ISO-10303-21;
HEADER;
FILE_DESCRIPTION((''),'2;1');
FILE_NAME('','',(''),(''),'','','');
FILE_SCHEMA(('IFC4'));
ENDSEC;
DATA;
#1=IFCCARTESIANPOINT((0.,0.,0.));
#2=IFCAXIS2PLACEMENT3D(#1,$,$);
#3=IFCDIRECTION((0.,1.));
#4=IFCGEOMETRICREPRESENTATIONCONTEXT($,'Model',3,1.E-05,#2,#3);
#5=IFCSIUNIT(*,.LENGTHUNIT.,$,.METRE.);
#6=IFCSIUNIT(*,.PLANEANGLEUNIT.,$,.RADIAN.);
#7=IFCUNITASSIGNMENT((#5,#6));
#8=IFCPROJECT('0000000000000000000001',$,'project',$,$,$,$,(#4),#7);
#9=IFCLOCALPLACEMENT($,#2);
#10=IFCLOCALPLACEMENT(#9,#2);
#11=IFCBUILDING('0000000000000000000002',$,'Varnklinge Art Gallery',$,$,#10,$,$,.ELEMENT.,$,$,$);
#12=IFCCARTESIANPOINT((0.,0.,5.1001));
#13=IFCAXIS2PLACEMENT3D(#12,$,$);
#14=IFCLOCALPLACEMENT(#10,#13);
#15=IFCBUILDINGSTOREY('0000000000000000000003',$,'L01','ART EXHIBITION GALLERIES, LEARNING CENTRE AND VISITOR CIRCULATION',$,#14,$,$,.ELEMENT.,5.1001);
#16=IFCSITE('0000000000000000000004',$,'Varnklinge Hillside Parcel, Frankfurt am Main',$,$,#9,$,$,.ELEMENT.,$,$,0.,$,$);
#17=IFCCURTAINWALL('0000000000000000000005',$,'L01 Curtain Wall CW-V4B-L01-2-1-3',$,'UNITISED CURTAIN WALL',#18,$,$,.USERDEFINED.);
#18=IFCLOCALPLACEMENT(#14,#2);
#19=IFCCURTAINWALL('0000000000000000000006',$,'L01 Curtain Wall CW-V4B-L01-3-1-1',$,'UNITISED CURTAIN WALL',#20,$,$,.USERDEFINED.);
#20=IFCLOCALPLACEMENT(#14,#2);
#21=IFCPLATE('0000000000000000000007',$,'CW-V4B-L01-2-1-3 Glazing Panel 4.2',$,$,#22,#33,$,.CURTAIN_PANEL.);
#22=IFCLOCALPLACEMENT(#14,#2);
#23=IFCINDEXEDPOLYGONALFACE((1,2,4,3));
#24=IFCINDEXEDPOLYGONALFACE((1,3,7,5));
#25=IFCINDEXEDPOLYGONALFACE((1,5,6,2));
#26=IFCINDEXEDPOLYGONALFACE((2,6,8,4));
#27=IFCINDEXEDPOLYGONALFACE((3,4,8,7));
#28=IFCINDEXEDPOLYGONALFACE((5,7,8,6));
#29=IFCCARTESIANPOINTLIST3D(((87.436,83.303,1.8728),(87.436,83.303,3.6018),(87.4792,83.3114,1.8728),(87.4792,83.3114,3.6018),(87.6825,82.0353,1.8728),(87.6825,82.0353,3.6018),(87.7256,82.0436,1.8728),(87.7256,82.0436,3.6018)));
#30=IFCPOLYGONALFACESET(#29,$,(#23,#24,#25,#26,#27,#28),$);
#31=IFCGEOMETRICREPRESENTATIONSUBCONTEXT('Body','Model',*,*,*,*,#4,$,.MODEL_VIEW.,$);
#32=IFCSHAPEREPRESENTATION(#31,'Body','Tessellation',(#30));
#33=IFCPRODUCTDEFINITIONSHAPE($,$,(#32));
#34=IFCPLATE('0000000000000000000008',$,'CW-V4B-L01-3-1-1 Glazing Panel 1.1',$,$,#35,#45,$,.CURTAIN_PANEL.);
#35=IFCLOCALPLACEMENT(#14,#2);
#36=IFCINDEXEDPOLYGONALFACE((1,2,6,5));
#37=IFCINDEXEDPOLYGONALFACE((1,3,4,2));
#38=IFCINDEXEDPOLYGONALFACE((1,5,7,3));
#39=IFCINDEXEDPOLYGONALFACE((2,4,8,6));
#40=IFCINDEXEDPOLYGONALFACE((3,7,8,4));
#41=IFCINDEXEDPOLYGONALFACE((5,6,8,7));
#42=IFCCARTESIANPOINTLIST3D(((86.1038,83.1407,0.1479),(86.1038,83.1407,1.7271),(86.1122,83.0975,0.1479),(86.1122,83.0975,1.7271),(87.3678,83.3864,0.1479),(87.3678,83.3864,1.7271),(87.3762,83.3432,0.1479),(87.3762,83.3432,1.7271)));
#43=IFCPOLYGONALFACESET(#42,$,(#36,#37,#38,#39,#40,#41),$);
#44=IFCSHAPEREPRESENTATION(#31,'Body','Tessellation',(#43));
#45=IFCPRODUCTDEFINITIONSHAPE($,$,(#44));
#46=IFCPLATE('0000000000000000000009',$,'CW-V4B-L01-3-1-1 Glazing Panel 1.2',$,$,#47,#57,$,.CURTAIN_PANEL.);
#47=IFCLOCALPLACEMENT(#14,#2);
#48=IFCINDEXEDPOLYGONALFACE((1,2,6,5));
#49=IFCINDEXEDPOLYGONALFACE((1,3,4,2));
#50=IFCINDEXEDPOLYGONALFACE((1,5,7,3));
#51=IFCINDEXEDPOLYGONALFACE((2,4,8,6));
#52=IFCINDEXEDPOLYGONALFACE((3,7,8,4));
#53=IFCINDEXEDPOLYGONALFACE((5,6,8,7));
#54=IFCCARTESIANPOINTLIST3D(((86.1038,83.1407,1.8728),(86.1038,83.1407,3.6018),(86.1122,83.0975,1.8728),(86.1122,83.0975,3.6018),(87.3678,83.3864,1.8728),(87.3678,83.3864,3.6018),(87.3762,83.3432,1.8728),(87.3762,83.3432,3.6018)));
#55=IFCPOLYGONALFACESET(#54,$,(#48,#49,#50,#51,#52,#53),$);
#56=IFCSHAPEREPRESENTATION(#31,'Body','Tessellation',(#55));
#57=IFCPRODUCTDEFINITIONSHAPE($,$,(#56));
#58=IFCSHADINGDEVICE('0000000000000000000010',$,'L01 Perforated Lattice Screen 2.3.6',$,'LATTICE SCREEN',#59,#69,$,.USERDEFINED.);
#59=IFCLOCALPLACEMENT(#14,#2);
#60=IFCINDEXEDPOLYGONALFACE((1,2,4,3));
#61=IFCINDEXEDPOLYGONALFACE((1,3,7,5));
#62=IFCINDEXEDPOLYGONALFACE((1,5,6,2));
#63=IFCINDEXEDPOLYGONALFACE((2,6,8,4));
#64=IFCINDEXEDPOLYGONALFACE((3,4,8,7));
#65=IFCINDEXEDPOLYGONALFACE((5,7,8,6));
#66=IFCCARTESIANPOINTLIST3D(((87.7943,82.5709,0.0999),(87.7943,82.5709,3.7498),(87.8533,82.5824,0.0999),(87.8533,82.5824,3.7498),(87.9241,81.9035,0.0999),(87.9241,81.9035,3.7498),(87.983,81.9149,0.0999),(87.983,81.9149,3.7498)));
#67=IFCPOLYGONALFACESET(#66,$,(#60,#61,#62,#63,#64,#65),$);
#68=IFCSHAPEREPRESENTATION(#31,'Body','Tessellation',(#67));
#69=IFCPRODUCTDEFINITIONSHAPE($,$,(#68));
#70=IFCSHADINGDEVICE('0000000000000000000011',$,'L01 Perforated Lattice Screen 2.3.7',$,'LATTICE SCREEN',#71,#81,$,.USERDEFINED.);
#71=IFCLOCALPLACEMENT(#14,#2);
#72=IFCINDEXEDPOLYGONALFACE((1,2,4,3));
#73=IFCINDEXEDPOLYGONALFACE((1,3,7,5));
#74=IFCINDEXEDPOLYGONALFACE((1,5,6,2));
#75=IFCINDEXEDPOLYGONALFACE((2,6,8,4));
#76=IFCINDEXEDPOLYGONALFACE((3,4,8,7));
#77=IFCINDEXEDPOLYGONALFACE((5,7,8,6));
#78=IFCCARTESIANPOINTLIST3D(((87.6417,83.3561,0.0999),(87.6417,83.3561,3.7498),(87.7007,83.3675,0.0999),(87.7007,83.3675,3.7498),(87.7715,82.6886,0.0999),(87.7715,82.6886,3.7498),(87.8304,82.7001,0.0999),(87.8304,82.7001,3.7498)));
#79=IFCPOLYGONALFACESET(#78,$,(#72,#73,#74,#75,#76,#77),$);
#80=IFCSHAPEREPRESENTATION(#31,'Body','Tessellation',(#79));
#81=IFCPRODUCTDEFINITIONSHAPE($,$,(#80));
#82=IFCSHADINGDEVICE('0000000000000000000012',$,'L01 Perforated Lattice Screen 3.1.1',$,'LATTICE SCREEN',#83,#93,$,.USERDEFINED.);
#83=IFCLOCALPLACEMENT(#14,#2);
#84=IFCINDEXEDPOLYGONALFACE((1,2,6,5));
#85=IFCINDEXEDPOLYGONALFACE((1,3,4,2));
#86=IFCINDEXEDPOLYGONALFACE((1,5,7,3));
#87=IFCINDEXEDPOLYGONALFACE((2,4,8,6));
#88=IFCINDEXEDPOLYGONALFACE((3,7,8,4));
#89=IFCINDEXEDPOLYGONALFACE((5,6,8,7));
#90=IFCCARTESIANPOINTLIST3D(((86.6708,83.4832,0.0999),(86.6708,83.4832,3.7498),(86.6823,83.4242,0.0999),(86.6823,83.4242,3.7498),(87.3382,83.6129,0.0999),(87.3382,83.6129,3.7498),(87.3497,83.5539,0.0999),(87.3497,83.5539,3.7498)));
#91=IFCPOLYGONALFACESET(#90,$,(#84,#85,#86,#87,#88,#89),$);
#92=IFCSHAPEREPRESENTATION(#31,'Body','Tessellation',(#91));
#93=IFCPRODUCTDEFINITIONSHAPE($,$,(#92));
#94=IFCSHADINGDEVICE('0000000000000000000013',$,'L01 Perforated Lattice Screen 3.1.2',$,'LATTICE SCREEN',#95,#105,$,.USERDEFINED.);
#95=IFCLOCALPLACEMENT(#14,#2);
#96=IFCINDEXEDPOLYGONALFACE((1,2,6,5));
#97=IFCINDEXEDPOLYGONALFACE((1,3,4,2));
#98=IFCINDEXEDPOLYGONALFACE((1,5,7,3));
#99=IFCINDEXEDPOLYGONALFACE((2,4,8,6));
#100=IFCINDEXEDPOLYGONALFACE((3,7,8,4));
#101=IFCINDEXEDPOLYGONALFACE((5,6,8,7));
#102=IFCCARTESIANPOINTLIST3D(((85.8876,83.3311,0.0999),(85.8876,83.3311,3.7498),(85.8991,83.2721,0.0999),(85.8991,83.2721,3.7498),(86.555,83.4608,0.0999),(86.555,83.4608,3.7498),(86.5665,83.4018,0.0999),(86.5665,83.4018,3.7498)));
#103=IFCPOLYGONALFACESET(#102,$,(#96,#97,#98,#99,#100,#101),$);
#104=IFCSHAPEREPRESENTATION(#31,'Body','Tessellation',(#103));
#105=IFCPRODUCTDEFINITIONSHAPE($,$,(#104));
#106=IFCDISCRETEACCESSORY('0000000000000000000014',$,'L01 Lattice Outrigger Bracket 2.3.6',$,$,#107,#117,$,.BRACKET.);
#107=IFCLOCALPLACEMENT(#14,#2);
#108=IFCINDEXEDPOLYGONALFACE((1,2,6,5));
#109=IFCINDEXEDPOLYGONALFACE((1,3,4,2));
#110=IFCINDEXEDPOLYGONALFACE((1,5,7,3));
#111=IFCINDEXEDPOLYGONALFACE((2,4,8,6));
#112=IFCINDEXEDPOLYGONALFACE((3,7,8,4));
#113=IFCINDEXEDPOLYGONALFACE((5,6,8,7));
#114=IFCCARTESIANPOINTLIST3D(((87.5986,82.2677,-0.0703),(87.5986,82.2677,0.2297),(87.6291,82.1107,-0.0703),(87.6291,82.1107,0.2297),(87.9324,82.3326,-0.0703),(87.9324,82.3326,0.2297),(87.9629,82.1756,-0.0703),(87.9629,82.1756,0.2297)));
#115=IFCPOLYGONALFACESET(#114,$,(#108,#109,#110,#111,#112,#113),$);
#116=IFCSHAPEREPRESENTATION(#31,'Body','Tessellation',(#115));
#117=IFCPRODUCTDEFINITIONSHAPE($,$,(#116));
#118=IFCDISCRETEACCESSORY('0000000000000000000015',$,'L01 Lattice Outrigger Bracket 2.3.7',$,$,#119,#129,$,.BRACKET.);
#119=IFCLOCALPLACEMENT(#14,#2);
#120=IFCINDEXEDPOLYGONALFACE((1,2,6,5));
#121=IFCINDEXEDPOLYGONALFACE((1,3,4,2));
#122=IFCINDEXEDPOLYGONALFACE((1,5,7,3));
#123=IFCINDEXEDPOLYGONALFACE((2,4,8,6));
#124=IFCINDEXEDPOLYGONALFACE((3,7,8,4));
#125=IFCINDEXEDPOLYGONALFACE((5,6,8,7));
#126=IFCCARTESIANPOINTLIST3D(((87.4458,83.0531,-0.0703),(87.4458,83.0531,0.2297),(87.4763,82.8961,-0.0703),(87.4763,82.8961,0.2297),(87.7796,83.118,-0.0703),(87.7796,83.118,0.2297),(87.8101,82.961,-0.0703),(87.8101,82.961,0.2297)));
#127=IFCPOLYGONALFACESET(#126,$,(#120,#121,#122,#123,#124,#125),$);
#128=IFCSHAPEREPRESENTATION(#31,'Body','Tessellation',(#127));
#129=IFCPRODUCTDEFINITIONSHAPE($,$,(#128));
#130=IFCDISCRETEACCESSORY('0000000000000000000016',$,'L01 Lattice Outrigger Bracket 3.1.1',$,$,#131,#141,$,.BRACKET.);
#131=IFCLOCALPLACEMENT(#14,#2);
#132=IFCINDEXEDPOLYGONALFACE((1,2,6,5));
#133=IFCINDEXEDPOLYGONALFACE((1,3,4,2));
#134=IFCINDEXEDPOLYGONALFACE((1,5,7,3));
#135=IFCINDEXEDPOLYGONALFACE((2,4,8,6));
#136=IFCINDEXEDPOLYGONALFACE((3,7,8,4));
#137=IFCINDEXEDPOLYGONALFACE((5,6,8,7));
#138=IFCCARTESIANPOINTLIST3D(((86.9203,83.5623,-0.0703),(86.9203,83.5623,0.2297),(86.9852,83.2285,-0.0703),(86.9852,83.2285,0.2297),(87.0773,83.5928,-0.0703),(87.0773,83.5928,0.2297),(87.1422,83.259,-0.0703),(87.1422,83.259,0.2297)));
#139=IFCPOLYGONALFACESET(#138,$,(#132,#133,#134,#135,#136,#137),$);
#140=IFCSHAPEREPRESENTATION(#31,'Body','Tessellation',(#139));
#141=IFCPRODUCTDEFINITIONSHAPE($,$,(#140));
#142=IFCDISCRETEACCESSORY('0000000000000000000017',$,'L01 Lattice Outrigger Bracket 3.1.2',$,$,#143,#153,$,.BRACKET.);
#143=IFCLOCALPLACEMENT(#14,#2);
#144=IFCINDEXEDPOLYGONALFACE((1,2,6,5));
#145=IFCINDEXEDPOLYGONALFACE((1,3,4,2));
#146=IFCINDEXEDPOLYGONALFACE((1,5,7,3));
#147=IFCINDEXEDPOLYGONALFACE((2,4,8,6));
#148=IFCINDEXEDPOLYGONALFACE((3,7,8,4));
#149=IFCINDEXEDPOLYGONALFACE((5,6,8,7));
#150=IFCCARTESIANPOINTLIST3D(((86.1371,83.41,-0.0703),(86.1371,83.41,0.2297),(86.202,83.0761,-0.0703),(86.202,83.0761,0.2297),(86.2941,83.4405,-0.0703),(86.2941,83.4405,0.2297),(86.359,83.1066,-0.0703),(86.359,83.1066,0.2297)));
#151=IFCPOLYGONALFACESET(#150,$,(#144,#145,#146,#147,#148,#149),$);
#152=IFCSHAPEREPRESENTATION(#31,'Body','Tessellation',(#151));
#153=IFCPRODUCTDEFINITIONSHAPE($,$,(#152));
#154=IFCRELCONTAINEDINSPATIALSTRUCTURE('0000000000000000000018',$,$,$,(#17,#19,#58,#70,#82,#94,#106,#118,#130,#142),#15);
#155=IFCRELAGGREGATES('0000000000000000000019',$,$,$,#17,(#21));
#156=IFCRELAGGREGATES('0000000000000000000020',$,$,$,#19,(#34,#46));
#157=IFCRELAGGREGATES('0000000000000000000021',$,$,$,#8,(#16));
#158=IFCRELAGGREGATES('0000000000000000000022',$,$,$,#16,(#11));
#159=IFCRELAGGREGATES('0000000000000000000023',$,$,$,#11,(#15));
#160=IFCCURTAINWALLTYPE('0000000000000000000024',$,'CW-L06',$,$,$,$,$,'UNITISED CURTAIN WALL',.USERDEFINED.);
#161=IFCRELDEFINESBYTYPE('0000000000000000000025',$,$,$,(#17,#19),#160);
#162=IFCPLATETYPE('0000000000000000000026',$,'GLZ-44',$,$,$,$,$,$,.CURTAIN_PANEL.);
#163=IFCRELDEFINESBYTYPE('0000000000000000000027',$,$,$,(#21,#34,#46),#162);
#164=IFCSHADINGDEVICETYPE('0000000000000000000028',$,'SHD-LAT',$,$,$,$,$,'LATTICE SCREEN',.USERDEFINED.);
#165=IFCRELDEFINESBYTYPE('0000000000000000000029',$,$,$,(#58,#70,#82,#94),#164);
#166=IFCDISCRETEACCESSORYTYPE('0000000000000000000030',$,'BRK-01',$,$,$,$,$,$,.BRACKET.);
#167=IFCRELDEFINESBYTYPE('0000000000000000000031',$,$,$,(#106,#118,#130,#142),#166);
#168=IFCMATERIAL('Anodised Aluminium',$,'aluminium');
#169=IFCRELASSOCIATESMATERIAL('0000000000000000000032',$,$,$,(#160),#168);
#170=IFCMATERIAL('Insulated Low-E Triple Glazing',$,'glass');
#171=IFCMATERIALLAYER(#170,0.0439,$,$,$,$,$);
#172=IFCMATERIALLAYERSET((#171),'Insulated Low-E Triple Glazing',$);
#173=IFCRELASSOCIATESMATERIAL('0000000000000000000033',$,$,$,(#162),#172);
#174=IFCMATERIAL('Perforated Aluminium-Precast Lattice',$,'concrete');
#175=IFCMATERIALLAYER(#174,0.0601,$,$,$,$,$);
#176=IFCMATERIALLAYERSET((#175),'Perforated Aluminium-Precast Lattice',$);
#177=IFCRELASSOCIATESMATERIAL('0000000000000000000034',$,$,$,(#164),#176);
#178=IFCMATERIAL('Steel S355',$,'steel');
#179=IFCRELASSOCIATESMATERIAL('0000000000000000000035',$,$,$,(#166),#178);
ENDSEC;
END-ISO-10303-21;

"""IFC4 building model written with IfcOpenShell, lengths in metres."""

from ifc_helpers import new_model, si_unit, direction, frame, origin, origin_2d, place, context, subcontext, project, spatial, rectangle, extrude, material, layer, layer_set, type_object, element, aggregate, save


model = new_model("IFC4")

# Units and contexts
model_context = context("Model", 3, precision=1e-05, world=origin(), true_north=direction((0.0, 1.0)))
body_context = subcontext(model_context, "Body", "Model", "MODEL_VIEW")
ifc_project = project(units=[si_unit("LENGTHUNIT", "METRE"), si_unit("PLANEANGLEUNIT", "RADIAN")], contexts=[model_context])

# Site, building, storey
site_placement = place(None, origin())
site = spatial("IfcSite", under=ifc_project, at=site_placement, Name="Varnklinge Hillside Parcel, Frankfurt am Main", CompositionType="ELEMENT", RefElevation=0.0)
building_placement = place(site_placement, origin())
building = spatial("IfcBuilding", under=site, at=building_placement, Name="Varnklinge Art Gallery", CompositionType="ELEMENT")
storey_placement = place(building_placement, frame((0.0, 0.0, 5.1001)))
storey = spatial("IfcBuildingStorey", under=building, at=storey_placement, Name="L01", Description="ART EXHIBITION GALLERIES, LEARNING CENTRE AND VISITOR CIRCULATION", CompositionType="ELEMENT", Elevation=5.1001)

# Curtain wall
ifc_material_1 = material(Name="Anodised Aluminium", Category="aluminium")
curtain_wall_type_1 = type_object("IfcCurtainWallType", Name="CW-L06", ElementType="UNITISED CURTAIN WALL", PredefinedType="USERDEFINED", material=ifc_material_1)
curtain_wall_1_placement = place(storey_placement, origin())
curtain_wall_1 = element("IfcCurtainWall", 1, at=curtain_wall_1_placement, inside=storey, type_object=curtain_wall_type_1, Name="L01 Curtain Wall CW-V4B-L01-2-1-3", ObjectType="UNITISED CURTAIN WALL", PredefinedType="USERDEFINED")

# Curtain wall
curtain_wall_2_placement = place(storey_placement, origin())
curtain_wall_2 = element("IfcCurtainWall", 2, at=curtain_wall_2_placement, inside=storey, type_object=curtain_wall_type_1, Name="L01 Curtain Wall CW-V4B-L01-3-1-1", ObjectType="UNITISED CURTAIN WALL", PredefinedType="USERDEFINED")

# Plates
ifc_material_2 = material(Name="Insulated Low-E Triple Glazing", Category="glass")
ifc_layer_1 = layer(ifc_material_2, 0.0439)
ifc_layer_set_1 = layer_set([ifc_layer_1], Name="Insulated Low-E Triple Glazing")
plate_type = type_object("IfcPlateType", Name="GLZ-44", PredefinedType="CURTAIN_PANEL", material=ifc_layer_set_1)
plate_1_placement = place(storey_placement, frame((87.5808, 82.6733, 1.8728), z_axis=(0.0, 0.0, 1.0), x_axis=(-0.190809, 0.981627, 0.0)))
plate_1 = element("IfcPlate", 3, at=plate_1_placement, type_object=plate_type, Name="CW-V4B-L01-2-1-3 Glazing Panel 4.2", PredefinedType="CURTAIN_PANEL", context=body_context, shape_type="SweptSolid", body=[
    extrude(rectangle(XDim=1.2915, YDim=0.0439, at=origin_2d()), origin(), (0.0, 0.0, 1.0), 1.729),
])
aggregate(curtain_wall_1, [plate_1])
plate_2_placement = place(storey_placement, frame((86.74, 83.2419, 0.1479), z_axis=(0.0, 0.0, 1.0), x_axis=(-0.981627, -0.190809, 0.0)))
plate_2 = element("IfcPlate", 4, at=plate_2_placement, type_object=plate_type, Name="CW-V4B-L01-3-1-1 Glazing Panel 1.1", PredefinedType="CURTAIN_PANEL", context=body_context, shape_type="SweptSolid", body=[
    extrude(rectangle(XDim=1.2876, YDim=0.0439, at=origin_2d()), origin(), (0.0, 0.0, 1.0), 1.5791),
])
plate_3_placement = place(storey_placement, frame((86.74, 83.2419, 1.8728), z_axis=(0.0, 0.0, 1.0), x_axis=(-0.981627, -0.190809, 0.0)))
plate_3 = element("IfcPlate", 5, at=plate_3_placement, type_object=plate_type, Name="CW-V4B-L01-3-1-1 Glazing Panel 1.2", PredefinedType="CURTAIN_PANEL", context=body_context, shape_type="SweptSolid", body=[
    extrude(rectangle(XDim=1.2876, YDim=0.0439, at=origin_2d()), origin(), (0.0, 0.0, 1.0), 1.729),
])
aggregate(curtain_wall_2, [plate_2, plate_3])

# Shading devices
ifc_material_3 = material(Name="Perforated Aluminium-Precast Lattice", Category="concrete")
ifc_layer_2 = layer(ifc_material_3, 0.0601)
ifc_layer_set_2 = layer_set([ifc_layer_2], Name="Perforated Aluminium-Precast Lattice")
shading_device_type = type_object("IfcShadingDeviceType", Name="SHD-LAT", ElementType="LATTICE SCREEN", PredefinedType="USERDEFINED", material=ifc_layer_set_2)
for number, where, z_axis, x_axis, name in (
    (6, (87.8887, 82.2429, 0.0999), (0.0, 0.0, 1.0), (-0.190809, 0.981627, 0.0), "L01 Perforated Lattice Screen 2.3.6"),
    (7, (87.7361, 83.0281, 0.0999), (0.0, 0.0, 1.0), (-0.190809, 0.981627, 0.0), "L01 Perforated Lattice Screen 2.3.7"),
    (8, (87.0103, 83.5186, 0.0999), (0.0, 0.0, 1.0), (-0.981627, -0.190809, 0.0), "L01 Perforated Lattice Screen 3.1.1"),
    (9, (86.2271, 83.3665, 0.0999), (0.0, 0.0, 1.0), (-0.981627, -0.190809, 0.0), "L01 Perforated Lattice Screen 3.1.2"),
):
    element("IfcShadingDevice", number, at=place(storey_placement, frame(where, z_axis=z_axis, x_axis=x_axis)), inside=storey, type_object=shading_device_type, Name=name, ObjectType="LATTICE SCREEN", PredefinedType="USERDEFINED", context=body_context, shape_type="SweptSolid", body=[
        extrude(rectangle(XDim=0.6799, YDim=0.0601, at=origin_2d()), origin(), (0.0, 0.0, 1.0), 3.6499),
    ])

# Discrete accessories
ifc_material_4 = material(Name="Steel S355", Category="steel")
discrete_accessory_type = type_object("IfcDiscreteAccessoryType", Name="BRK-01", PredefinedType="BRACKET", material=ifc_material_4)
for number, where, z_axis, x_axis, name in (
    (10, (87.7808, 82.2217, -0.0703), (0.0, 0.0, 1.0), (-0.190809, 0.981627, 0.0), "L01 Lattice Outrigger Bracket 2.3.6"),
    (11, (87.6279, 83.0071, -0.0703), (0.0, 0.0, 1.0), (-0.190809, 0.981627, 0.0), "L01 Lattice Outrigger Bracket 2.3.7"),
    (12, (87.0312, 83.4106, -0.0703), (0.0, 0.0, 1.0), (-0.981627, -0.190809, 0.0), "L01 Lattice Outrigger Bracket 3.1.1"),
    (13, (86.248, 83.2583, -0.0703), (0.0, 0.0, 1.0), (-0.981627, -0.190809, 0.0), "L01 Lattice Outrigger Bracket 3.1.2"),
):
    element("IfcDiscreteAccessory", number, at=place(storey_placement, frame(where, z_axis=z_axis, x_axis=x_axis)), inside=storey, type_object=discrete_accessory_type, Name=name, PredefinedType="BRACKET", context=body_context, shape_type="SweptSolid", body=[
        extrude(rectangle(XDim=0.1599, YDim=0.3401, at=origin_2d()), origin(), (0.0, 0.0, 1.0), 0.3),
    ])

save(model, "model.ifc")
